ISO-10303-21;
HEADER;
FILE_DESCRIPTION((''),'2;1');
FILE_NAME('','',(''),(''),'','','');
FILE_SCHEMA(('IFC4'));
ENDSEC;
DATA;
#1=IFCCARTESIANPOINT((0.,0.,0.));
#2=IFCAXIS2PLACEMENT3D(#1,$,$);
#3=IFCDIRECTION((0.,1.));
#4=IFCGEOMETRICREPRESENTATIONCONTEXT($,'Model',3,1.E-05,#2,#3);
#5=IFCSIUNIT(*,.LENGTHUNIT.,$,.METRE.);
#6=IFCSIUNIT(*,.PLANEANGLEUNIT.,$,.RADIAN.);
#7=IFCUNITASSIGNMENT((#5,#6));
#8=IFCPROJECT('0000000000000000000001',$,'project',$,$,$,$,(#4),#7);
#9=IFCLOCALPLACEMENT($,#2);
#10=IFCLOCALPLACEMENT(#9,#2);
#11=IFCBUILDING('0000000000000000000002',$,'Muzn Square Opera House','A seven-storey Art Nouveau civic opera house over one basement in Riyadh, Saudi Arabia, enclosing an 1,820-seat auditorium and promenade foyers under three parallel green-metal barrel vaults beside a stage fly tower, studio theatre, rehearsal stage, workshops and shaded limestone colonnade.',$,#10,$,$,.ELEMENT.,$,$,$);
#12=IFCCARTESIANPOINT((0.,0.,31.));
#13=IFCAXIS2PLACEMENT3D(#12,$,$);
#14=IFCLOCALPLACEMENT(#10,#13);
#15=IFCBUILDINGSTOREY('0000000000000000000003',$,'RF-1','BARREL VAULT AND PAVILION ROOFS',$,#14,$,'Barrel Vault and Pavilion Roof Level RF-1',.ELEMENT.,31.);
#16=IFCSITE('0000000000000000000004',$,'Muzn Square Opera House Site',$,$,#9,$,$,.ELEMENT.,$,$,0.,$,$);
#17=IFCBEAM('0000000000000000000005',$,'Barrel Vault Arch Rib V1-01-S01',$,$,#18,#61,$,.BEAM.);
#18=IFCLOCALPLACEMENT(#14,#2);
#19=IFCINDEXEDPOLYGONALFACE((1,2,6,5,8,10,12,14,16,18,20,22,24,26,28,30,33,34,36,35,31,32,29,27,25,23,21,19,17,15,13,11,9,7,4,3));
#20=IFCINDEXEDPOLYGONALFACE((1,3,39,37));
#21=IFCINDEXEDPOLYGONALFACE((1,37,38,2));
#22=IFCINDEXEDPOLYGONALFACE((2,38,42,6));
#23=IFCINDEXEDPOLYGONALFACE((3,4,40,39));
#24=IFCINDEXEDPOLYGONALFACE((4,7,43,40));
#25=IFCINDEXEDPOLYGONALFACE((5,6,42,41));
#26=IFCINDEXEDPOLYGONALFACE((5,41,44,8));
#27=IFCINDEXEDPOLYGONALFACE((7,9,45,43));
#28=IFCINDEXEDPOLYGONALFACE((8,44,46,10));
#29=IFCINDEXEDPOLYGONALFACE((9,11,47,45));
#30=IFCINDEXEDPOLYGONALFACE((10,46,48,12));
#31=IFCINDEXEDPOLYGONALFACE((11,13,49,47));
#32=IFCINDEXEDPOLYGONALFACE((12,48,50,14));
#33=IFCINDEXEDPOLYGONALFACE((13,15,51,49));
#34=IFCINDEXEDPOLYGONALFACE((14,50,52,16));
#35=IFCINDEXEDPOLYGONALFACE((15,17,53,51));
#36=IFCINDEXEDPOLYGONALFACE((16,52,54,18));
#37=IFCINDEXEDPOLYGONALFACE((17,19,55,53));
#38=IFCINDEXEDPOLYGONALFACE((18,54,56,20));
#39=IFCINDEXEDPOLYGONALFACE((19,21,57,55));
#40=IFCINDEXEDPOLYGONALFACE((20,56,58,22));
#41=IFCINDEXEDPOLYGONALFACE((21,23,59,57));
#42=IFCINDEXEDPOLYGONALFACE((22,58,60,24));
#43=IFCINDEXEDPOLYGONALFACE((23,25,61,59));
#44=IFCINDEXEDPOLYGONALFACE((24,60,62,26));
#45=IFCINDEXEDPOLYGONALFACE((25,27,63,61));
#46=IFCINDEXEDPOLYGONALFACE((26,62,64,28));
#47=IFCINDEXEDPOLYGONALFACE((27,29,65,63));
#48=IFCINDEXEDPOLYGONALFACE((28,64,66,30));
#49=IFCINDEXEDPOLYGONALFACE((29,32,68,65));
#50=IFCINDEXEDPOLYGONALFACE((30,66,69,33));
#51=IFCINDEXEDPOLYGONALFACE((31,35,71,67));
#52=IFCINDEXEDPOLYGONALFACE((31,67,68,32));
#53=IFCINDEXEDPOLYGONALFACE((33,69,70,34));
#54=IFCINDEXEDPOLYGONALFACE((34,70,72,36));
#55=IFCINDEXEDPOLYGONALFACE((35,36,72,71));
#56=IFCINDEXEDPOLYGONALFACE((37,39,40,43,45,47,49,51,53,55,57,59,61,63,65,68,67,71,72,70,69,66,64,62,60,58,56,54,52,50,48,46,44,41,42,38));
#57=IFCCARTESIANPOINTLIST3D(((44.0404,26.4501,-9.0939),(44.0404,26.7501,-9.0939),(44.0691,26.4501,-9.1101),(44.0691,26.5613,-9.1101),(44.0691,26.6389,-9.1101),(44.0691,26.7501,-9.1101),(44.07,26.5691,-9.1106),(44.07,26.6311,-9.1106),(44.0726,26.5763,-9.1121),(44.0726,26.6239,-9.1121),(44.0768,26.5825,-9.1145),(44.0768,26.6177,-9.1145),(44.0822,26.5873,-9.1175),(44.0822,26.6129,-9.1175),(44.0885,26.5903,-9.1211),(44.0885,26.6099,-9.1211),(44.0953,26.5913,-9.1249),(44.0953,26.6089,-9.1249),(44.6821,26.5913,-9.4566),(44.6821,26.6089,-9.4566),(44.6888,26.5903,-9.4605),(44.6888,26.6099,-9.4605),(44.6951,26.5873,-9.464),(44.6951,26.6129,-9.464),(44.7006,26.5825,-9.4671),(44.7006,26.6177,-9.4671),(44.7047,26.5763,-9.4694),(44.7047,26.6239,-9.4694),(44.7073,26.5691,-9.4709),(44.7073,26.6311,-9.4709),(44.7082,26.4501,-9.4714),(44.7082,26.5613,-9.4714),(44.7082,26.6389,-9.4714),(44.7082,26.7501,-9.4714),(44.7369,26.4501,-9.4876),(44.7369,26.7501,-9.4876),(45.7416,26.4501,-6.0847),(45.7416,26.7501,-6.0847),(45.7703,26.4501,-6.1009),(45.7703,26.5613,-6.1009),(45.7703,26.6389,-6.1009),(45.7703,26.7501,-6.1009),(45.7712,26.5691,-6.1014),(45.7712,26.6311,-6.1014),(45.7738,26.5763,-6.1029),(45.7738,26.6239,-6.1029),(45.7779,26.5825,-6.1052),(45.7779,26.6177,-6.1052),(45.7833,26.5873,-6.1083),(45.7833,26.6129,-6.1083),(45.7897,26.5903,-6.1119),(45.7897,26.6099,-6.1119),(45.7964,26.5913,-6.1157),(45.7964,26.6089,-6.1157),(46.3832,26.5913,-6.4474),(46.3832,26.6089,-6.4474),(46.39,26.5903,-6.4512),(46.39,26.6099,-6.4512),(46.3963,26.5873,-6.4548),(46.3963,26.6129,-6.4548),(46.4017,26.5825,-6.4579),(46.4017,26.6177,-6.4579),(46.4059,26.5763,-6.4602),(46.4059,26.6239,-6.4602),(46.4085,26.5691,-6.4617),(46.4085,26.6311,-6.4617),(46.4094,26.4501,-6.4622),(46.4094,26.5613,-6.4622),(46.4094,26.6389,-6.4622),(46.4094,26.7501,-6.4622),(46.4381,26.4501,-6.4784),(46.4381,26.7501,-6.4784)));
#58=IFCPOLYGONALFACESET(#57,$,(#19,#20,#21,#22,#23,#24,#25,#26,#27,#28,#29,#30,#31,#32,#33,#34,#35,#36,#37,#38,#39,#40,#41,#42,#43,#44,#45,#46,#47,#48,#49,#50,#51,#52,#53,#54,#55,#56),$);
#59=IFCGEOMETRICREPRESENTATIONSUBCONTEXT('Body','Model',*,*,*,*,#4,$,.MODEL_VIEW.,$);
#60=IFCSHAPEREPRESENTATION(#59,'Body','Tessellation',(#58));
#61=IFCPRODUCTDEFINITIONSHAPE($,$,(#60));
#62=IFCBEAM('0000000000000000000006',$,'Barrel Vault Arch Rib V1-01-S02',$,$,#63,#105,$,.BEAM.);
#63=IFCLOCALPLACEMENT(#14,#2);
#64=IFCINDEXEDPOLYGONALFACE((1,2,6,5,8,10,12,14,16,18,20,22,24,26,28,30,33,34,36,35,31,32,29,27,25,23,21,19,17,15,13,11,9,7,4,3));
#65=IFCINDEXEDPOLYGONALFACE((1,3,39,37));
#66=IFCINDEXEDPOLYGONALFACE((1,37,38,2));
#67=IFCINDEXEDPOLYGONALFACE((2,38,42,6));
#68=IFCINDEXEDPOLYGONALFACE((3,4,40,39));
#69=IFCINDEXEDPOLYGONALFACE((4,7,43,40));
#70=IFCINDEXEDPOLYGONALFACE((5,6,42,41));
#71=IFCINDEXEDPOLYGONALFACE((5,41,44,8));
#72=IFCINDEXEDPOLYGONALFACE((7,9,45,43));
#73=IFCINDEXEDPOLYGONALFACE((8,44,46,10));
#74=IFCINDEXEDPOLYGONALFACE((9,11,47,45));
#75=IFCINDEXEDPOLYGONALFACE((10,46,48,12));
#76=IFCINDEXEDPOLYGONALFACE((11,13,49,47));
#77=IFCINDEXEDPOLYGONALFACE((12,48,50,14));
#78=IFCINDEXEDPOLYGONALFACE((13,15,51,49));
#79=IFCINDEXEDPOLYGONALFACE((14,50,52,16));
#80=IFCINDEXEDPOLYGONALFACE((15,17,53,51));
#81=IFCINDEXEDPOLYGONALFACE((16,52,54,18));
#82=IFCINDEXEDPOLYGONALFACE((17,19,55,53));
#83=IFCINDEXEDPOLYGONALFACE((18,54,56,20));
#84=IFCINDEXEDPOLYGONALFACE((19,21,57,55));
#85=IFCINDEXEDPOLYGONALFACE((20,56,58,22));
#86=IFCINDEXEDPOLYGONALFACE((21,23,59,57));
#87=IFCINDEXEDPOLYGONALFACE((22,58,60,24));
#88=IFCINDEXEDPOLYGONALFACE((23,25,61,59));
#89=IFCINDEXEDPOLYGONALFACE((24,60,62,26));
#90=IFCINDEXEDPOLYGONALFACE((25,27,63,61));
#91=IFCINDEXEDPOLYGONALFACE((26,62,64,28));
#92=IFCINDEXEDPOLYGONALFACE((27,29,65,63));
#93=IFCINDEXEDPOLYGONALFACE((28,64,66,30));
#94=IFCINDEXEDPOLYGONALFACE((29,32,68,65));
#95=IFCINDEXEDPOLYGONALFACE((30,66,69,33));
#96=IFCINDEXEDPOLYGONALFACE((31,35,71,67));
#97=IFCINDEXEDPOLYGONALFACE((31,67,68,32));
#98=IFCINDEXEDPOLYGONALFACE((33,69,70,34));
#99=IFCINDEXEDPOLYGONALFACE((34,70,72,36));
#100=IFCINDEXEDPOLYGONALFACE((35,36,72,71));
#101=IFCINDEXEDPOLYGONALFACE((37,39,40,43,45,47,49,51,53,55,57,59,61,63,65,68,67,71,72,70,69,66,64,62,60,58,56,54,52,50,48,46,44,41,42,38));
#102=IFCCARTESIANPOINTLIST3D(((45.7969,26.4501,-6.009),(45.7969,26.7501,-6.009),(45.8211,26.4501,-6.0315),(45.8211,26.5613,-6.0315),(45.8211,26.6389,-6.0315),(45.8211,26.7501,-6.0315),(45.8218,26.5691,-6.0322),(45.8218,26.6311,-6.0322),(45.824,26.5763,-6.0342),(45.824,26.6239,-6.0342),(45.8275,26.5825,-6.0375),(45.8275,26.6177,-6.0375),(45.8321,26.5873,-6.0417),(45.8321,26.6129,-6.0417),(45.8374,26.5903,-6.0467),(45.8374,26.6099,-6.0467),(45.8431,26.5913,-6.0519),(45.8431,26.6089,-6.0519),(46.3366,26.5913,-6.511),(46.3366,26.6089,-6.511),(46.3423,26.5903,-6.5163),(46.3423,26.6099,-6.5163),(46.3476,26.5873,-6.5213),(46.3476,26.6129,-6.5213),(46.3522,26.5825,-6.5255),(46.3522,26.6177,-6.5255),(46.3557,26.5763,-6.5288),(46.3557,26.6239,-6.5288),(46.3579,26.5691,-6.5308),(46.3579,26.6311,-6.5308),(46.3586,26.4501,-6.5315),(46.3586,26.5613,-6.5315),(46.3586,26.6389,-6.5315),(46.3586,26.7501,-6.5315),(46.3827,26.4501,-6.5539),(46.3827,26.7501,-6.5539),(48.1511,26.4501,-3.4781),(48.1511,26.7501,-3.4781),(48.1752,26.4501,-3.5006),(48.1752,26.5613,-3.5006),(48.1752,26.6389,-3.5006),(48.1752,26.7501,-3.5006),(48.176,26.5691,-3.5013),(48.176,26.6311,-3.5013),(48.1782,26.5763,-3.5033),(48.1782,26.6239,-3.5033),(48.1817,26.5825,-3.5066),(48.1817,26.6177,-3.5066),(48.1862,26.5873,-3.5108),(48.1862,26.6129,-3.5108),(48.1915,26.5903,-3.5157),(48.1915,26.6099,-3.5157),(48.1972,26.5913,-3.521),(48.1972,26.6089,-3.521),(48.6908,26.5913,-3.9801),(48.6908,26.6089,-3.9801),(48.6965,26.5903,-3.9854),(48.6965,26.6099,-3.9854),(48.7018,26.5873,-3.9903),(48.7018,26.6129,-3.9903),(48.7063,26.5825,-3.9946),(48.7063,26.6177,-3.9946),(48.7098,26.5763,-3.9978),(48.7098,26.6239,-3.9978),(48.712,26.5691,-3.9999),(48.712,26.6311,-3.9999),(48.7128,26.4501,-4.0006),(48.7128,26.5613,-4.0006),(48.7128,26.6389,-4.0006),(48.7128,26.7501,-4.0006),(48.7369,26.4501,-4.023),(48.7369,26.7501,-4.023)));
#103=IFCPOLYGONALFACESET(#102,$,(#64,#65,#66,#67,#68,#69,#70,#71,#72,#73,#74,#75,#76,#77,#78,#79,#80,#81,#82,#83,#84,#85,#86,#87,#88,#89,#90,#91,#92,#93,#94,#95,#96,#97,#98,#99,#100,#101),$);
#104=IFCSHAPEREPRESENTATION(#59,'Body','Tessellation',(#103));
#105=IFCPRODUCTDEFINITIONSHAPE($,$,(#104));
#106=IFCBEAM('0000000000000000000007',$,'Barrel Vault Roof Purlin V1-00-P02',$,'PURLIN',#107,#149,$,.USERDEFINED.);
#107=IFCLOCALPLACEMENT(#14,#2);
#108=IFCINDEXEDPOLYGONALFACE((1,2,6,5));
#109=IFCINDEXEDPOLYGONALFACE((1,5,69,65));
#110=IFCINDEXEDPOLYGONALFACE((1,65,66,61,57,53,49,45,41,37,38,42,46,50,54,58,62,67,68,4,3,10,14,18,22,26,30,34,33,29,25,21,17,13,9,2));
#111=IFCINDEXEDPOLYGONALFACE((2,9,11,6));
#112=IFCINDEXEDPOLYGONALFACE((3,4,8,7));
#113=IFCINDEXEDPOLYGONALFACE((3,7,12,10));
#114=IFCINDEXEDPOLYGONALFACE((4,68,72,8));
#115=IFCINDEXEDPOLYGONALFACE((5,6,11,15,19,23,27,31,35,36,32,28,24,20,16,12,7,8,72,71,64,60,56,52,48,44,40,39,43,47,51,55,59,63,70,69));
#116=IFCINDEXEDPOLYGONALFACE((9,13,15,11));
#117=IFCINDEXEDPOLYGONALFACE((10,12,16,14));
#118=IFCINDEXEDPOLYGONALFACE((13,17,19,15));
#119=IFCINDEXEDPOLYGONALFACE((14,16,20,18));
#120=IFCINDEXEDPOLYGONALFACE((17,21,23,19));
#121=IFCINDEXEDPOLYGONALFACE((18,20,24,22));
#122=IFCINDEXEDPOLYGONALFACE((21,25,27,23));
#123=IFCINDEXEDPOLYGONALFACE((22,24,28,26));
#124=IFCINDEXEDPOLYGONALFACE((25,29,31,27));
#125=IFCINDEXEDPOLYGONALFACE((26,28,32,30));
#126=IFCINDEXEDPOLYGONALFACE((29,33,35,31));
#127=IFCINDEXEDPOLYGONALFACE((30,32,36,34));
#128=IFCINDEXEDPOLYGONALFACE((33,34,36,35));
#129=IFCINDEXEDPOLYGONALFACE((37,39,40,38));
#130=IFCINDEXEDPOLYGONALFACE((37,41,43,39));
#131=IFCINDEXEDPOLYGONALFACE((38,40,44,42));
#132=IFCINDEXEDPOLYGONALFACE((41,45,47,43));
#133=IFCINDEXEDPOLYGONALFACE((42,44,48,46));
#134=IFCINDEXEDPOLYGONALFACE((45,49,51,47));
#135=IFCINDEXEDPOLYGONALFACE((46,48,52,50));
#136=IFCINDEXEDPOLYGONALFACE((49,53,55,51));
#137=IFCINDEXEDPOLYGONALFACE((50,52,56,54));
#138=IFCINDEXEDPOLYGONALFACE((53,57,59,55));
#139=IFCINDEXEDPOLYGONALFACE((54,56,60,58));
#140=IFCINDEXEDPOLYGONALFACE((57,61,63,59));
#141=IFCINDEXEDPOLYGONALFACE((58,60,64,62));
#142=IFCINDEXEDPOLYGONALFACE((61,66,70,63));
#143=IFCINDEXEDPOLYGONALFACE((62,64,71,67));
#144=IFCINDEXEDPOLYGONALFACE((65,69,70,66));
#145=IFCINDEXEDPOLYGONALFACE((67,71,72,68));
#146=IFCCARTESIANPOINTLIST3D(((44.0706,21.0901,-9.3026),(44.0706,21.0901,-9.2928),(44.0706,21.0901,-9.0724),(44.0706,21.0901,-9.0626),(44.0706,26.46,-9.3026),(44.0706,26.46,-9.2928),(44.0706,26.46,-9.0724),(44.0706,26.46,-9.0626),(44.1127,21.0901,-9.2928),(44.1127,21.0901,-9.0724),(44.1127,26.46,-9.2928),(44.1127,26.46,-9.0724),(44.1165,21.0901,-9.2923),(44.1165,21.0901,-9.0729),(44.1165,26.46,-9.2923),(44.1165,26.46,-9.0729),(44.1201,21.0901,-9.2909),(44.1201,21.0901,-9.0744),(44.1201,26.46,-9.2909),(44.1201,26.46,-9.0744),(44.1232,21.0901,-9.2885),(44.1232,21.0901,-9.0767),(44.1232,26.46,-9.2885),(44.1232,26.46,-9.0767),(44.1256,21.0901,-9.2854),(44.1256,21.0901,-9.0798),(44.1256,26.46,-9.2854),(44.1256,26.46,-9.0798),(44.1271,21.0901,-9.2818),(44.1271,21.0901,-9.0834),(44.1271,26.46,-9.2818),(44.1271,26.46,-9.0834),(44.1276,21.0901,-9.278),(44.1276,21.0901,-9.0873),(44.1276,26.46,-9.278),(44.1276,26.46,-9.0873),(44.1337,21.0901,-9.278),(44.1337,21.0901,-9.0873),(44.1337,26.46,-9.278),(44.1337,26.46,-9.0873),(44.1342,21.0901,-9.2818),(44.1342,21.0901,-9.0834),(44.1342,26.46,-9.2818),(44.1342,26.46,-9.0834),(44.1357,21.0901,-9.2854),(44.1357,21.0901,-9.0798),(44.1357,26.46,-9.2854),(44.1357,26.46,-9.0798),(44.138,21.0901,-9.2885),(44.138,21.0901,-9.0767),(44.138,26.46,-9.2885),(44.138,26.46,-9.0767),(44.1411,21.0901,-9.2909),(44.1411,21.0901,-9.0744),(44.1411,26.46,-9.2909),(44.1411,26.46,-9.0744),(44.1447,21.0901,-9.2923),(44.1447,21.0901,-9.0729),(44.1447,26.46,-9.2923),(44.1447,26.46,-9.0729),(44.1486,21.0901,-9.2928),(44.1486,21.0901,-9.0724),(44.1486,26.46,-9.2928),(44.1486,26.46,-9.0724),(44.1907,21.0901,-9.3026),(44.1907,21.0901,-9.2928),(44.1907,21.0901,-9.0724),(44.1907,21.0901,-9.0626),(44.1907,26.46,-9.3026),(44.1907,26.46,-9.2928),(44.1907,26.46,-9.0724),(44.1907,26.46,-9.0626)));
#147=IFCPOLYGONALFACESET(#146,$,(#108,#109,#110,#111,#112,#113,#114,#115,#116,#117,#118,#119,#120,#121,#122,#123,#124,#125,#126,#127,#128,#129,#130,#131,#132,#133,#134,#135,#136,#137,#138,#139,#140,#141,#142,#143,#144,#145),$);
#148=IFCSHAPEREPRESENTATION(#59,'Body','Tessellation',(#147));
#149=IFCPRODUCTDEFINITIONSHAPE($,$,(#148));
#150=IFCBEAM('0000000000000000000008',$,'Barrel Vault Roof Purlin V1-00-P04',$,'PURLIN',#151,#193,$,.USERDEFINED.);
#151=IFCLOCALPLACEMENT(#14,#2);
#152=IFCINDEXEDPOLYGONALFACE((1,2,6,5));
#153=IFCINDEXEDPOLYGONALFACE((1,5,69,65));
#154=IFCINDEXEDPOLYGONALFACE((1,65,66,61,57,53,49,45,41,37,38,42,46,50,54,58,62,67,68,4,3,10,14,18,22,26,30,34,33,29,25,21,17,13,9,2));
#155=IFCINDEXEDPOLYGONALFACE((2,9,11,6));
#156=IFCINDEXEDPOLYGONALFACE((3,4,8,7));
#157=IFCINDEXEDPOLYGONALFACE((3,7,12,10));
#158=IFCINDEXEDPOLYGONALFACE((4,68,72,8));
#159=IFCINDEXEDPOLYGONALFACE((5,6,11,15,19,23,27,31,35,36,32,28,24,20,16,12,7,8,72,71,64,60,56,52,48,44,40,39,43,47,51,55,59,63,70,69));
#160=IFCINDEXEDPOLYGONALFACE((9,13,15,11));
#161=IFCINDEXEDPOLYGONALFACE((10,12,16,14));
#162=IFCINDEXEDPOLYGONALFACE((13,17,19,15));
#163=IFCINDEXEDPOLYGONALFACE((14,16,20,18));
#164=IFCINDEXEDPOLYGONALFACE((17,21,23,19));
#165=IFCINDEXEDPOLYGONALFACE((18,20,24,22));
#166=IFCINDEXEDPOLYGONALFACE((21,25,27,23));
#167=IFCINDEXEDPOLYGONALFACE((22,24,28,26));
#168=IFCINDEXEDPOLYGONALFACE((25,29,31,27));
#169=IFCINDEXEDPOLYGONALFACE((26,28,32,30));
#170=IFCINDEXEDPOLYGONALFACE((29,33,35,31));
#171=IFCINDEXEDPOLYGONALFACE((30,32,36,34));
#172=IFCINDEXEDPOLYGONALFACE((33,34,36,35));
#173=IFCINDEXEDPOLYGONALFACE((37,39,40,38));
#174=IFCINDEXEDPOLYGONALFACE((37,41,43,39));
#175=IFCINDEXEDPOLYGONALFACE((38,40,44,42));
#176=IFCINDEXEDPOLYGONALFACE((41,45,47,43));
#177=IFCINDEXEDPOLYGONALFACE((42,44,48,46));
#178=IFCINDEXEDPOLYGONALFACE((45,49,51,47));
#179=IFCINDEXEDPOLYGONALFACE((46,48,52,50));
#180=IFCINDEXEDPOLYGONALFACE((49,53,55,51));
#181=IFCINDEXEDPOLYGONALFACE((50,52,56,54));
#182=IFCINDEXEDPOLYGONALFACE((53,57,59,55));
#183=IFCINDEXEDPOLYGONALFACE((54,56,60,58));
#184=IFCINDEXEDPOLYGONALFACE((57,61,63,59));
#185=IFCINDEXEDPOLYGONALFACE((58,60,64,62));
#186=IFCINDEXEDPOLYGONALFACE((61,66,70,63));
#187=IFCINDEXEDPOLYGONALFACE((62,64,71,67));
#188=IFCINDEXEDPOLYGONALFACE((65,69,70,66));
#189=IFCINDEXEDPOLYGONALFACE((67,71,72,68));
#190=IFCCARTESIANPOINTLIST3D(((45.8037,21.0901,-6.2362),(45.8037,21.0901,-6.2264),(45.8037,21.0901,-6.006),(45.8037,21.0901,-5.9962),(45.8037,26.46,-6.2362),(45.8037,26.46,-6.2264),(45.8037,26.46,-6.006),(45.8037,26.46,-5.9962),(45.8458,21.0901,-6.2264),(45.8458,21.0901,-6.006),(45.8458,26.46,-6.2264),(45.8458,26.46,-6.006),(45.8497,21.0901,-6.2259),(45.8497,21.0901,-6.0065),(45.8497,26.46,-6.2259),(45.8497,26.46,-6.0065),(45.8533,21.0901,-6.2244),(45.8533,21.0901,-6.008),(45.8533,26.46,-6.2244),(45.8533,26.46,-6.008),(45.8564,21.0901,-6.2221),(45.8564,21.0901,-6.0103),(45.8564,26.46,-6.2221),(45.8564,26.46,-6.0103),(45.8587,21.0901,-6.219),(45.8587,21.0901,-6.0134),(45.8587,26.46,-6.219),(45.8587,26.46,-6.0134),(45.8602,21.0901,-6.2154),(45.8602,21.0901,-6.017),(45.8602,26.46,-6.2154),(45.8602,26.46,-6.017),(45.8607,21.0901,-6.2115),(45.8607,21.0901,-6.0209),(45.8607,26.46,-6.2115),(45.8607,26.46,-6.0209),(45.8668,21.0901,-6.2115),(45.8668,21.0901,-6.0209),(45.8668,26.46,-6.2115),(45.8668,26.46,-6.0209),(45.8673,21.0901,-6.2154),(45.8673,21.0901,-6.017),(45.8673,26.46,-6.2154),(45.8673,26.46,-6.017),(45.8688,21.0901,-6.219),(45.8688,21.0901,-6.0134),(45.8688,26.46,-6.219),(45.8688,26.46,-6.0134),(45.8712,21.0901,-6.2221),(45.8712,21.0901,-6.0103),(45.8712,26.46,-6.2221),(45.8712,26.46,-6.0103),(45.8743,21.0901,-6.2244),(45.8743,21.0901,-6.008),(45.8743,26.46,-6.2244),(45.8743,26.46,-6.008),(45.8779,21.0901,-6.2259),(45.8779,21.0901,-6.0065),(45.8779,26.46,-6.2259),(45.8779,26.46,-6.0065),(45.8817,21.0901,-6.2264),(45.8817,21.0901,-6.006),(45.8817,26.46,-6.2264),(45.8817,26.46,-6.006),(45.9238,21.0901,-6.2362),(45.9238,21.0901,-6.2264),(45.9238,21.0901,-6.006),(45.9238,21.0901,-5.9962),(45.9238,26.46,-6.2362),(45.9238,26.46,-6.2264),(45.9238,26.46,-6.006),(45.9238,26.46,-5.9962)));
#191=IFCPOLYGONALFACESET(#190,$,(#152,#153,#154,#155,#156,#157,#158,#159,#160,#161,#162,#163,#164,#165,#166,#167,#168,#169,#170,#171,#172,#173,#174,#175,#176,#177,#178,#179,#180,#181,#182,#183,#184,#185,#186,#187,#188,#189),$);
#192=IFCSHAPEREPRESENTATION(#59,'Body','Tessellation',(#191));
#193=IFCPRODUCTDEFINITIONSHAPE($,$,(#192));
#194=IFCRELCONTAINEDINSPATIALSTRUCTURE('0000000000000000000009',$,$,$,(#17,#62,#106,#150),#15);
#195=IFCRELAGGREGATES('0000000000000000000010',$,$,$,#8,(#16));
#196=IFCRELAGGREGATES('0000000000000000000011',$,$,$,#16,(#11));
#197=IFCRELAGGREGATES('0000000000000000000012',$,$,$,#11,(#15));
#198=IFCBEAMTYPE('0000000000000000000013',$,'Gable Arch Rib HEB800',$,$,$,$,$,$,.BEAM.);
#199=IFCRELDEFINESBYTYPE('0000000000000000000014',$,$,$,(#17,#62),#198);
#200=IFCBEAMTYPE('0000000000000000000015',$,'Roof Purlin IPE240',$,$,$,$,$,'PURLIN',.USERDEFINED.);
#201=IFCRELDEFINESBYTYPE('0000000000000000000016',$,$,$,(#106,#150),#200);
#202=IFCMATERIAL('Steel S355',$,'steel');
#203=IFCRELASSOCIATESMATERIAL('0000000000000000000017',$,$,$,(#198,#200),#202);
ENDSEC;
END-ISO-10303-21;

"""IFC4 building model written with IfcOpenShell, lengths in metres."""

from ifc_helpers import new_model, si_unit, direction, frame, origin, origin_2d, place, context, subcontext, project, spatial, i_section, extrude, material, material_profile, profile_set, type_object, element, save


model = new_model("IFC4")

# Units and contexts
model_context = context("Model", 3, precision=1e-05, world=origin(), true_north=direction((0.0, 1.0)))
body_context = subcontext(model_context, "Body", "Model", "MODEL_VIEW")
ifc_project = project(units=[si_unit("LENGTHUNIT", "METRE"), si_unit("PLANEANGLEUNIT", "RADIAN")], contexts=[model_context])

# Site, building, storey
site_placement = place(None, origin())
site = spatial("IfcSite", under=ifc_project, at=site_placement, Name="Muzn Square Opera House Site", CompositionType="ELEMENT", RefElevation=0.0)
building_placement = place(site_placement, origin())
building = spatial("IfcBuilding", under=site, at=building_placement, Name="Muzn Square Opera House", Description="A seven-storey Art Nouveau civic opera house over one basement in Riyadh, Saudi Arabia, enclosing an 1,820-seat auditorium and promenade foyers under three parallel green-metal barrel vaults beside a stage fly tower, studio theatre, rehearsal stage, workshops and shaded limestone colonnade.", CompositionType="ELEMENT")
storey_placement = place(building_placement, frame((0.0, 0.0, 31.0)))
storey = spatial("IfcBuildingStorey", under=building, at=storey_placement, Name="RF-1", Description="BARREL VAULT AND PAVILION ROOFS", LongName="Barrel Vault and Pavilion Roof Level RF-1", CompositionType="ELEMENT", Elevation=31.0)

# Beams
ifc_material_1 = material(Name="Steel S355", Category="steel")
ifc_material_profile_1 = material_profile(ifc_material_1, i_section(OverallWidth=0.3, OverallDepth=0.8, WebThickness=0.0176, FlangeThickness=0.033, FilletRadius=0.03, at=origin_2d()), Name="HEB 800", Category="steel")
ifc_profile_set_1 = profile_set([ifc_material_profile_1], Name="Steel S355")
beam_type_1 = type_object("IfcBeamType", Name="Gable Arch Rib HEB800", PredefinedType="BEAM", material=ifc_profile_set_1)
beam_1_placement = place(storey_placement, frame((44.3887, 26.6001, -9.2908), z_axis=(0.492118, 0.0, 0.870529), x_axis=(0.0, 1.0, 0.0)))
element("IfcBeam", 1, at=beam_1_placement, inside=storey, type_object=beam_type_1, Name="Barrel Vault Arch Rib V1-01-S01", PredefinedType="BEAM", context=body_context, shape_type="SweptSolid", body=[
    extrude(i_section(OverallWidth=0.3, OverallDepth=0.8, WebThickness=0.0176, FlangeThickness=0.033, FilletRadius=0.03, at=origin_2d()), origin(), (0.0, 0.0, 1.0), 3.4568),
])
beam_2_placement = place(storey_placement, frame((46.0898, 26.6001, -6.2815), z_axis=(0.681077, 0.0, 0.732212), x_axis=(0.0, 1.0, 0.0)))
element("IfcBeam", 2, at=beam_2_placement, inside=storey, type_object=beam_type_1, Name="Barrel Vault Arch Rib V1-01-S02", PredefinedType="BEAM", context=body_context, shape_type="SweptSolid", body=[
    extrude(i_section(OverallWidth=0.3, OverallDepth=0.8, WebThickness=0.0176, FlangeThickness=0.033, FilletRadius=0.03, at=origin_2d()), origin(), (0.0, 0.0, 1.0), 3.4565),
])
ifc_material_profile_2 = material_profile(ifc_material_1, i_section(OverallWidth=0.1201, OverallDepth=0.24, WebThickness=0.0061, FlangeThickness=0.0098, FilletRadius=0.0149, at=origin_2d()), Name="IPE 240", Category="steel")
ifc_profile_set_2 = profile_set([ifc_material_profile_2], Name="Steel S355")
beam_type_2 = type_object("IfcBeamType", Name="Roof Purlin IPE240", ElementType="PURLIN", PredefinedType="USERDEFINED", material=ifc_profile_set_2)
for number, where, z_axis, x_axis, name in (
    (3, (44.1306, 21.0901, -9.1826), (0.0, 1.0, 0.0), (-1.0, 0.0, 0.0), "Barrel Vault Roof Purlin V1-00-P02"),
    (4, (45.8638, 21.0901, -6.1162), (0.0, 1.0, 0.0), (-1.0, 0.0, 0.0), "Barrel Vault Roof Purlin V1-00-P04"),
):
    element("IfcBeam", number, at=place(storey_placement, frame(where, z_axis=z_axis, x_axis=x_axis)), inside=storey, type_object=beam_type_2, Name=name, ObjectType="PURLIN", PredefinedType="USERDEFINED", context=body_context, shape_type="SweptSolid", body=[
        extrude(i_section(OverallWidth=0.1201, OverallDepth=0.24, WebThickness=0.0061, FlangeThickness=0.0098, FilletRadius=0.0149, at=origin_2d()), origin(), (0.0, 0.0, 1.0), 5.3699),
    ])

save(model, "model.ifc")
